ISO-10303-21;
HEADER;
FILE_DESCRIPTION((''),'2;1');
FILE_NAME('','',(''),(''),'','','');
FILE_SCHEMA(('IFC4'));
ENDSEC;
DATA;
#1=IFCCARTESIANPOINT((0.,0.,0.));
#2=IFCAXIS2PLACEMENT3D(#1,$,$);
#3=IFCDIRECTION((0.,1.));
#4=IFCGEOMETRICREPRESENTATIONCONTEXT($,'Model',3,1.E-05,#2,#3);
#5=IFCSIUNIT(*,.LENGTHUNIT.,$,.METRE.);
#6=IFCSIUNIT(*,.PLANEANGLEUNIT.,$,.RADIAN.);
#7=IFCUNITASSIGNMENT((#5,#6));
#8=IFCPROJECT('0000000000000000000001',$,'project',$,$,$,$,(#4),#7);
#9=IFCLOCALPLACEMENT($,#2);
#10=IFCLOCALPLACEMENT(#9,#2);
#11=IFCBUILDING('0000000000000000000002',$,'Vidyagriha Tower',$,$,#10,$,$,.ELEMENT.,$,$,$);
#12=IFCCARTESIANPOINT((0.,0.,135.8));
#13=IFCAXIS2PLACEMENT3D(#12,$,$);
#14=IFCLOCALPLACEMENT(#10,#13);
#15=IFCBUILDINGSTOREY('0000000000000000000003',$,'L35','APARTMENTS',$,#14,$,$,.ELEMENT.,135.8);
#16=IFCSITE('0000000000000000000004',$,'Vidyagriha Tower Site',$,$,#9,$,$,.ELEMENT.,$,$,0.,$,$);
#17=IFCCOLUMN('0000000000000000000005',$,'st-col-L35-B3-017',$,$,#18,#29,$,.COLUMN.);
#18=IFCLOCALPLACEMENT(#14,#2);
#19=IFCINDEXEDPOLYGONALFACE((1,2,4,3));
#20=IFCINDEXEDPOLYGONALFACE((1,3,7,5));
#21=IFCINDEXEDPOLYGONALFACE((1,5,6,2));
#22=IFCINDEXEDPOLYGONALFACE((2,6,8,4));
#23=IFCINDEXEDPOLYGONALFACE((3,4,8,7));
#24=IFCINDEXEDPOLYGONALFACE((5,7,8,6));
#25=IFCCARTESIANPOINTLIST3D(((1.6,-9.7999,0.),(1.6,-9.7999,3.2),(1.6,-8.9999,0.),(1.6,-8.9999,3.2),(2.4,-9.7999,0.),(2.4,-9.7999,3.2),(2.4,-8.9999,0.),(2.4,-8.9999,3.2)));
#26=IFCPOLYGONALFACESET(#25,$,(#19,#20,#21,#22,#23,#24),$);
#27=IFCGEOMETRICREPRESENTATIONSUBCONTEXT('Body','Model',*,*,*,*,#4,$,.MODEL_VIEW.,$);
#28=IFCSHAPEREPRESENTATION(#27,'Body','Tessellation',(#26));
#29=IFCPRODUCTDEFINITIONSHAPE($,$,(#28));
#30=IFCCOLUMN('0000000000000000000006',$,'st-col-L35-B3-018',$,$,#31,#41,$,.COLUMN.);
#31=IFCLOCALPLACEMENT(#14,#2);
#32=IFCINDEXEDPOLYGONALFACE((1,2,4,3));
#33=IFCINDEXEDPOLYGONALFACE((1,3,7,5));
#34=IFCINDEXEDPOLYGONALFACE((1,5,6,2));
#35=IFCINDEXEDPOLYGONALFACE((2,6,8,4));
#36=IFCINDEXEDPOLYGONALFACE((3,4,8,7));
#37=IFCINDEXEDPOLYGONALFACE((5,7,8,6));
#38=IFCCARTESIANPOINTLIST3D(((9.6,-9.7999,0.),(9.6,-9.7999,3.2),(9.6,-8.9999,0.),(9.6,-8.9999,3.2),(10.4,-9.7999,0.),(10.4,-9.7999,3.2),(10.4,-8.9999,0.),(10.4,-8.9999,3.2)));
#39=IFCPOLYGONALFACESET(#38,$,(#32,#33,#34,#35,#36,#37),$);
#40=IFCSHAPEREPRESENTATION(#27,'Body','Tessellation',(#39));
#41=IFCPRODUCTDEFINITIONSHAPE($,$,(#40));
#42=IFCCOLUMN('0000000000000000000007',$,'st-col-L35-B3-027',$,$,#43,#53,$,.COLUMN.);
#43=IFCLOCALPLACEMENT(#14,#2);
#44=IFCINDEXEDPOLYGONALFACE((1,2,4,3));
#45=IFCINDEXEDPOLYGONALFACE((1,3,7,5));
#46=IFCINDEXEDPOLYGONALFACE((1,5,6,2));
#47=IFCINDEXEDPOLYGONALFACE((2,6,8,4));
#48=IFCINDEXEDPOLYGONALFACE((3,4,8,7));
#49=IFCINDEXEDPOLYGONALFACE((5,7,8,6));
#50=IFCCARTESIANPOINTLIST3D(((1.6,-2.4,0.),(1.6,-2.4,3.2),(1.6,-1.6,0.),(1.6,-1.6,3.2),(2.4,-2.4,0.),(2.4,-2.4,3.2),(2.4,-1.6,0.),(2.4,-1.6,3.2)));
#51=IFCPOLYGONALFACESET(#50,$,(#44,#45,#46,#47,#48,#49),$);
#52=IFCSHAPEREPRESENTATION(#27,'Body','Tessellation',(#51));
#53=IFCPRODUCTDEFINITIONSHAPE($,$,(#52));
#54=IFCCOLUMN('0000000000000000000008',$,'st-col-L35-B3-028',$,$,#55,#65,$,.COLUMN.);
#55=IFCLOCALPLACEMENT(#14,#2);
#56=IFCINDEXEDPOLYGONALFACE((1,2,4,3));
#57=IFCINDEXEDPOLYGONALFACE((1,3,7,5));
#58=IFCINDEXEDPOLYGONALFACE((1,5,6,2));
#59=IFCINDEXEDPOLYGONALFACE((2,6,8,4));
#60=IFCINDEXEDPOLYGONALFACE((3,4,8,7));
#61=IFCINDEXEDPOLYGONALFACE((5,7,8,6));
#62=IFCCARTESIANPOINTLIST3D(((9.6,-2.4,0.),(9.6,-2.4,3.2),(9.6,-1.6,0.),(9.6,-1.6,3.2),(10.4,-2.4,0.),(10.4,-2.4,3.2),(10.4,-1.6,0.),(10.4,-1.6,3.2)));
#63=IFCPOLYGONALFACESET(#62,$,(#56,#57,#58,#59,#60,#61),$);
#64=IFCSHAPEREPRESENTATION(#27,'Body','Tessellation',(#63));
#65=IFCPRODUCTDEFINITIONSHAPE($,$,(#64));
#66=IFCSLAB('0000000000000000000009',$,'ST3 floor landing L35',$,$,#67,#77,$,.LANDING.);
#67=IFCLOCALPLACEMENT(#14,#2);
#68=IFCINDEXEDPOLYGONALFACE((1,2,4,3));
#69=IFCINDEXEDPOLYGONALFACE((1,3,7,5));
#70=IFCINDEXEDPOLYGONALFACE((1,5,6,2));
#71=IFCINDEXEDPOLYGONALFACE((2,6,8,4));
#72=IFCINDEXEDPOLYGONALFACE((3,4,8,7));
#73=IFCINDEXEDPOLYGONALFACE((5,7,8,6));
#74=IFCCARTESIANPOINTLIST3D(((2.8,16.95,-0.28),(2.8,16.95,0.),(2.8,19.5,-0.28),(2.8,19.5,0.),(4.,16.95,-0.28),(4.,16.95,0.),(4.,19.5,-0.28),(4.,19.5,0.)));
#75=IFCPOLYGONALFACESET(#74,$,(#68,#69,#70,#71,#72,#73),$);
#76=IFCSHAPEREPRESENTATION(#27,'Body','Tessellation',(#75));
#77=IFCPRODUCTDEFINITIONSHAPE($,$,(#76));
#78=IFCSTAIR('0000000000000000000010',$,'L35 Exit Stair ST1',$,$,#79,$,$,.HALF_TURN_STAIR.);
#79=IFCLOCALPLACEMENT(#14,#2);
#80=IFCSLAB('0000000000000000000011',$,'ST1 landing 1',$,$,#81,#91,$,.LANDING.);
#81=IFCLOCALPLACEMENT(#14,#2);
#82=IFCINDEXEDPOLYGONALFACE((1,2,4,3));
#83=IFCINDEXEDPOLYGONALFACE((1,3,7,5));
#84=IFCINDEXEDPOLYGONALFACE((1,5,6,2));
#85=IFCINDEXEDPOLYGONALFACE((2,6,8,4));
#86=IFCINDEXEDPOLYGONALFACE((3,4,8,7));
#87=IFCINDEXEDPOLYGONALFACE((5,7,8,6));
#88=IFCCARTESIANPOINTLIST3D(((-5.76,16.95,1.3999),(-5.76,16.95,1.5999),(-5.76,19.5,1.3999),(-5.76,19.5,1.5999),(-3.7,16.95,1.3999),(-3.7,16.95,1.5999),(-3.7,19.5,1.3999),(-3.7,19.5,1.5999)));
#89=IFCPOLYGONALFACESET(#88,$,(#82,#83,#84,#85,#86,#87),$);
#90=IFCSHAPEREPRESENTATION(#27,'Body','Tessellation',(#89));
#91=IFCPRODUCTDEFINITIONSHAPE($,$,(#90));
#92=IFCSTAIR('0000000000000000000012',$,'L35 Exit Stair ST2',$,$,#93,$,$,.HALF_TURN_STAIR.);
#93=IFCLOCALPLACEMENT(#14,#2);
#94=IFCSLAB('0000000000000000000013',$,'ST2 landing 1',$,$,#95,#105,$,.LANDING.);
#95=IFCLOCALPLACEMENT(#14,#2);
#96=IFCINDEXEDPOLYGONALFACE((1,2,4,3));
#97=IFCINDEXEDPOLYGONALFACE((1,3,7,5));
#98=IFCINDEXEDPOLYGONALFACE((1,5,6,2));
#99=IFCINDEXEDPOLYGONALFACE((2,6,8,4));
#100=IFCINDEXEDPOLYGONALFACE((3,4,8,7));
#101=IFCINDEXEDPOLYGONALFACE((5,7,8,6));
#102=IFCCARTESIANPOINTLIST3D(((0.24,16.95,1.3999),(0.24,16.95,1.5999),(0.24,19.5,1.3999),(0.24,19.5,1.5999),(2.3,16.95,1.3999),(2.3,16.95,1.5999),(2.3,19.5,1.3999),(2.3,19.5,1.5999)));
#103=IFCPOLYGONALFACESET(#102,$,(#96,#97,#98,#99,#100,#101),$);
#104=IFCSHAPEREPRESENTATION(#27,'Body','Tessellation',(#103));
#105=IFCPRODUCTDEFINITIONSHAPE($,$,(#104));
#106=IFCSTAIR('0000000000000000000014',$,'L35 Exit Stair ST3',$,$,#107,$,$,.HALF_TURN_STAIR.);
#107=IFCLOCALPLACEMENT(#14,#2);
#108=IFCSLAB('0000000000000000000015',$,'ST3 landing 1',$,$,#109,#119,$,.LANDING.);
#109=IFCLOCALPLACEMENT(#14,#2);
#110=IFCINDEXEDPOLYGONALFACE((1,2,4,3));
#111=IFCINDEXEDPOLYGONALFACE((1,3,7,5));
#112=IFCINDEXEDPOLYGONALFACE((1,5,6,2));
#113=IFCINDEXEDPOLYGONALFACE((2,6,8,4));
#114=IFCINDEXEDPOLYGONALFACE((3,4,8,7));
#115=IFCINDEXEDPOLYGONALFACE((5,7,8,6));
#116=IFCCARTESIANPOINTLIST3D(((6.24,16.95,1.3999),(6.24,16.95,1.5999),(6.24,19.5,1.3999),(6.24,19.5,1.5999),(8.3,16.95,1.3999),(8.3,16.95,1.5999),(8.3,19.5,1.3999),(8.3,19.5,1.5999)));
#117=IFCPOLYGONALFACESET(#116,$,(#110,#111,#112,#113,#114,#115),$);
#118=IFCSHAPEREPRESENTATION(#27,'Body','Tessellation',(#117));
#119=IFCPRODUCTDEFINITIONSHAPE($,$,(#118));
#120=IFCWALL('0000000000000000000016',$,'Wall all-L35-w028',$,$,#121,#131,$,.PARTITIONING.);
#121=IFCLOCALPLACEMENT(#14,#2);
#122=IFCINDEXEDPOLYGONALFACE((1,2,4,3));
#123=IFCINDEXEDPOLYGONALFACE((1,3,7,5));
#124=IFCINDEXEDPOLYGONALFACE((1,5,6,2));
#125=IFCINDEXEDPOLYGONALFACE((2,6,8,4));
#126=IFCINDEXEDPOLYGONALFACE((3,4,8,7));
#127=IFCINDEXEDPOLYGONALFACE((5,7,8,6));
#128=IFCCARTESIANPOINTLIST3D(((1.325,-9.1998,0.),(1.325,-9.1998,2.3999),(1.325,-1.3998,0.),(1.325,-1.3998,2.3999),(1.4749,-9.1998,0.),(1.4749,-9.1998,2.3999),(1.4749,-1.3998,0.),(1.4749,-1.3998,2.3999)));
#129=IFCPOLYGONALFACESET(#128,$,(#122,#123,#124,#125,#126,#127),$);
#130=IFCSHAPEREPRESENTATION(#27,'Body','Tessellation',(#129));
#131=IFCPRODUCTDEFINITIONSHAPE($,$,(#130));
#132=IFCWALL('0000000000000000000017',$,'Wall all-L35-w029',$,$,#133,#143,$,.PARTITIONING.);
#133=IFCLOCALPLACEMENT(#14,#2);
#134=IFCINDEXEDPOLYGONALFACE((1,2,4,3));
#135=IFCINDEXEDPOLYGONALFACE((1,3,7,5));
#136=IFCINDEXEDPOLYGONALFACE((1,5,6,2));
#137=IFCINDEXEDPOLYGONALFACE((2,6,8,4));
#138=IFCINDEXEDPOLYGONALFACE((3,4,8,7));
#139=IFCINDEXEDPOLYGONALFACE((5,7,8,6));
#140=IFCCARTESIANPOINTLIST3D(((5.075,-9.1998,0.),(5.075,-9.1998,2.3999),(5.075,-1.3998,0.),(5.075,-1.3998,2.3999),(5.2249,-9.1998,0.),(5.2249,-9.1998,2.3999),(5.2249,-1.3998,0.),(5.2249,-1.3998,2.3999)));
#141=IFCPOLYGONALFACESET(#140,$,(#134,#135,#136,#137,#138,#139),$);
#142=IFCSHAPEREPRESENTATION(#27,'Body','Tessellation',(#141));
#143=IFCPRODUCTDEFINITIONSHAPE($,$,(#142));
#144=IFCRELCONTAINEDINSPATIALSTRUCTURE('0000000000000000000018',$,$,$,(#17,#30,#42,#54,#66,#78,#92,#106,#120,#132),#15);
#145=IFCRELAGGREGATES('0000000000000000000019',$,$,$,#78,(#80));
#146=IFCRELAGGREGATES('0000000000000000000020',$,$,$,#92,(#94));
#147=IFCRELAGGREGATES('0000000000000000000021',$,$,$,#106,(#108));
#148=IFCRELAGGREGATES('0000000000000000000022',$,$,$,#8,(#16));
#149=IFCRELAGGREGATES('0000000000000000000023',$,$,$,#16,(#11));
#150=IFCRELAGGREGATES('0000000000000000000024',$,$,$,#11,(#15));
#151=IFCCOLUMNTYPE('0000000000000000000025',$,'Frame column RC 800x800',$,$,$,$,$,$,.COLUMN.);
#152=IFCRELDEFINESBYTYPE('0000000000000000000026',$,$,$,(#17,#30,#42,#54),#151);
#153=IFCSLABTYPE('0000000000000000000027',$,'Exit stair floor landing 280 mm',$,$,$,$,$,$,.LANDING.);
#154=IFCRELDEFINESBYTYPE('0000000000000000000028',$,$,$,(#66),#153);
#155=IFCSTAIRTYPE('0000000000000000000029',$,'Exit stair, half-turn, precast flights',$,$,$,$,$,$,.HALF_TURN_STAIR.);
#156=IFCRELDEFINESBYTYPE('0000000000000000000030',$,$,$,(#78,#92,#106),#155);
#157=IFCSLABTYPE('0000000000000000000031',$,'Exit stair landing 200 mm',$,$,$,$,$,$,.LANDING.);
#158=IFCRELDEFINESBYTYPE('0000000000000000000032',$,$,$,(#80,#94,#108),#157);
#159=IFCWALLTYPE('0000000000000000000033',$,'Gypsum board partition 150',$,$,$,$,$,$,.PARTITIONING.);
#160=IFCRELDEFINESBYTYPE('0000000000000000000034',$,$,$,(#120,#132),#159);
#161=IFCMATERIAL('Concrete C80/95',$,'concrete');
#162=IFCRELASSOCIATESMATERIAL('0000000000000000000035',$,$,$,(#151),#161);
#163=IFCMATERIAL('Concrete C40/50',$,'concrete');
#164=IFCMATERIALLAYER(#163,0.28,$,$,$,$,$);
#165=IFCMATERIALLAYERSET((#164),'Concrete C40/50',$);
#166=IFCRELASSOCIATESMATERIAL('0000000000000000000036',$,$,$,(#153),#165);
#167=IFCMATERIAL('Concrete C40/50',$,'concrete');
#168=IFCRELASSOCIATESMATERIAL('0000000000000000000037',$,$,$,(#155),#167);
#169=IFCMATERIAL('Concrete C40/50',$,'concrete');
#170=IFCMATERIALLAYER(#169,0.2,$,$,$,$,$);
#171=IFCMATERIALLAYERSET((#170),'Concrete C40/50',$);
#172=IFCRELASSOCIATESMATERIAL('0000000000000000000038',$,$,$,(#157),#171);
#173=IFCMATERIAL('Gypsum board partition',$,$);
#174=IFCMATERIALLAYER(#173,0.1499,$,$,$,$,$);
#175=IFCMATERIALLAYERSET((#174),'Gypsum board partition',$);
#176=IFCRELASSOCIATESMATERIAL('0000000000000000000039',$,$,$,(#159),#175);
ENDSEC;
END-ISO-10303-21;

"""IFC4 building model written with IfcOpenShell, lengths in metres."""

from ifc_helpers import new_model, si_unit, direction, frame, frame_2d, origin, origin_2d, place, context, subcontext, project, spatial, polyline, rectangle, outline, extrude, material, layer, layer_set, material_profile, profile_set, type_object, element, aggregate, save


model = new_model("IFC4")

# Units and contexts
model_context = context("Model", 3, precision=1e-05, world=origin(), true_north=direction((0.0, 1.0)))
body_context = subcontext(model_context, "Body", "Model", "MODEL_VIEW")
ifc_project = project(units=[si_unit("LENGTHUNIT", "METRE"), si_unit("PLANEANGLEUNIT", "RADIAN")], contexts=[model_context])

# Site, building, storey
site_placement = place(None, origin())
site = spatial("IfcSite", under=ifc_project, at=site_placement, Name="Vidyagriha Tower Site", CompositionType="ELEMENT", RefElevation=0.0)
building_placement = place(site_placement, origin())
building = spatial("IfcBuilding", under=site, at=building_placement, Name="Vidyagriha Tower", CompositionType="ELEMENT")
storey_placement = place(building_placement, frame((0.0, 0.0, 135.8)))
storey = spatial("IfcBuildingStorey", under=building, at=storey_placement, Name="L35", Description="APARTMENTS", CompositionType="ELEMENT", Elevation=135.8)

# Columns
ifc_material_1 = material(Name="Concrete C80/95", Category="concrete")
ifc_material_profile = material_profile(ifc_material_1, rectangle(XDim=0.8, YDim=0.8, at=origin_2d()), Name="RC 800x800")
ifc_profile_set = profile_set([ifc_material_profile], Name="Concrete C80/95")
column_type = type_object("IfcColumnType", Name="Frame column RC 800x800", PredefinedType="COLUMN", material=ifc_profile_set)
for number, where, name in (
    (1, (2.0, -9.3999, 0.0), "st-col-L35-B3-017"),
    (2, (10.0, -9.3999, 0.0), "st-col-L35-B3-018"),
    (3, (2.0, -2.0, 0.0), "st-col-L35-B3-027"),
    (4, (10.0, -2.0, 0.0), "st-col-L35-B3-028"),
):
    element("IfcColumn", number, at=place(storey_placement, frame(where)), inside=storey, type_object=column_type, Name=name, PredefinedType="COLUMN", context=body_context, shape_type="SweptSolid", body=[
        extrude(rectangle(XDim=0.8, YDim=0.8, at=origin_2d()), origin(), (0.0, 0.0, 1.0), 3.2),
    ])

# Slab
ifc_material_2 = material(Name="Concrete C40/50", Category="concrete")
ifc_layer_1 = layer(ifc_material_2, 0.28)
ifc_layer_set_1 = layer_set([ifc_layer_1], Name="Concrete C40/50")
slab_type_1 = type_object("IfcSlabType", Name="Exit stair floor landing 280 mm", PredefinedType="LANDING", material=ifc_layer_set_1)
slab_1_placement = place(storey_placement, frame((0.0, 0.0, -0.28)))
element("IfcSlab", 5, at=slab_1_placement, inside=storey, type_object=slab_type_1, Name="ST3 floor landing L35", PredefinedType="LANDING", context=body_context, shape_type="SweptSolid", body=[
    extrude(outline(polyline([(2.8, 16.95), (4.0, 16.95), (4.0, 19.5), (2.8, 19.5), (2.8, 16.95)])), origin(), (0.0, 0.0, 1.0), 0.28),
])

# Stairs, slabs
ifc_material_3 = material(Name="Concrete C40/50", Category="concrete")
stair_type = type_object("IfcStairType", Name="Exit stair, half-turn, precast flights", PredefinedType="HALF_TURN_STAIR", material=ifc_material_3)
stair_1_placement = place(storey_placement, origin())
stair_1 = element("IfcStair", 6, at=stair_1_placement, inside=storey, type_object=stair_type, Name="L35 Exit Stair ST1", PredefinedType="HALF_TURN_STAIR")
ifc_material_4 = material(Name="Concrete C40/50", Category="concrete")
ifc_layer_2 = layer(ifc_material_4, 0.2)
ifc_layer_set_2 = layer_set([ifc_layer_2], Name="Concrete C40/50")
slab_type_2 = type_object("IfcSlabType", Name="Exit stair landing 200 mm", PredefinedType="LANDING", material=ifc_layer_set_2)
slab_2_placement = place(storey_placement, frame((0.0, 0.0, 1.3999)))
slab_2 = element("IfcSlab", 7, at=slab_2_placement, type_object=slab_type_2, Name="ST1 landing 1", PredefinedType="LANDING", context=body_context, shape_type="SweptSolid", body=[
    extrude(outline(polyline([(-5.76, 16.95), (-3.7, 16.95), (-3.7, 19.5), (-5.76, 19.5), (-5.76, 16.95)])), origin(), (0.0, 0.0, 1.0), 0.2),
])
aggregate(stair_1, [slab_2])
stair_2_placement = place(storey_placement, origin())
stair_2 = element("IfcStair", 8, at=stair_2_placement, inside=storey, type_object=stair_type, Name="L35 Exit Stair ST2", PredefinedType="HALF_TURN_STAIR")
slab_3_placement = place(storey_placement, frame((0.0, 0.0, 1.3999)))
slab_3 = element("IfcSlab", 9, at=slab_3_placement, type_object=slab_type_2, Name="ST2 landing 1", PredefinedType="LANDING", context=body_context, shape_type="SweptSolid", body=[
    extrude(outline(polyline([(0.24, 16.95), (2.3, 16.95), (2.3, 19.5), (0.24, 19.5), (0.24, 16.95)])), origin(), (0.0, 0.0, 1.0), 0.2),
])
aggregate(stair_2, [slab_3])
stair_3_placement = place(storey_placement, origin())
stair_3 = element("IfcStair", 10, at=stair_3_placement, inside=storey, type_object=stair_type, Name="L35 Exit Stair ST3", PredefinedType="HALF_TURN_STAIR")
slab_4_placement = place(storey_placement, frame((0.0, 0.0, 1.3999)))
slab_4 = element("IfcSlab", 11, at=slab_4_placement, type_object=slab_type_2, Name="ST3 landing 1", PredefinedType="LANDING", context=body_context, shape_type="SweptSolid", body=[
    extrude(outline(polyline([(6.24, 16.95), (8.3, 16.95), (8.3, 19.5), (6.24, 19.5), (6.24, 16.95)])), origin(), (0.0, 0.0, 1.0), 0.2),
])
aggregate(stair_3, [slab_4])

# Walls
ifc_material_5 = material(Name="Gypsum board partition")
ifc_layer_3 = layer(ifc_material_5, 0.1499)
ifc_layer_set_3 = layer_set([ifc_layer_3], Name="Gypsum board partition")
wall_type = type_object("IfcWallType", Name="Gypsum board partition 150", PredefinedType="PARTITIONING", material=ifc_layer_set_3)
for number, where, z_axis, x_axis, name in (
    (12, (1.3999, -1.3999, 0.0), (0.0, 0.0, 1.0), (0.0, -1.0, 0.0), "Wall all-L35-w028"),
    (13, (5.1499, -1.3999, 0.0), (0.0, 0.0, 1.0), (0.0, -1.0, 0.0), "Wall all-L35-w029"),
):
    element("IfcWall", number, at=place(storey_placement, frame(where, z_axis=z_axis, x_axis=x_axis)), inside=storey, type_object=wall_type, Name=name, PredefinedType="PARTITIONING", context=body_context, shape_type="SweptSolid", body=[
        extrude(rectangle(XDim=7.8, YDim=0.1499, at=frame_2d((3.8999, 0.0))), origin(), (0.0, 0.0, 1.0), 2.3999),
    ])

save(model, "model.ifc")
